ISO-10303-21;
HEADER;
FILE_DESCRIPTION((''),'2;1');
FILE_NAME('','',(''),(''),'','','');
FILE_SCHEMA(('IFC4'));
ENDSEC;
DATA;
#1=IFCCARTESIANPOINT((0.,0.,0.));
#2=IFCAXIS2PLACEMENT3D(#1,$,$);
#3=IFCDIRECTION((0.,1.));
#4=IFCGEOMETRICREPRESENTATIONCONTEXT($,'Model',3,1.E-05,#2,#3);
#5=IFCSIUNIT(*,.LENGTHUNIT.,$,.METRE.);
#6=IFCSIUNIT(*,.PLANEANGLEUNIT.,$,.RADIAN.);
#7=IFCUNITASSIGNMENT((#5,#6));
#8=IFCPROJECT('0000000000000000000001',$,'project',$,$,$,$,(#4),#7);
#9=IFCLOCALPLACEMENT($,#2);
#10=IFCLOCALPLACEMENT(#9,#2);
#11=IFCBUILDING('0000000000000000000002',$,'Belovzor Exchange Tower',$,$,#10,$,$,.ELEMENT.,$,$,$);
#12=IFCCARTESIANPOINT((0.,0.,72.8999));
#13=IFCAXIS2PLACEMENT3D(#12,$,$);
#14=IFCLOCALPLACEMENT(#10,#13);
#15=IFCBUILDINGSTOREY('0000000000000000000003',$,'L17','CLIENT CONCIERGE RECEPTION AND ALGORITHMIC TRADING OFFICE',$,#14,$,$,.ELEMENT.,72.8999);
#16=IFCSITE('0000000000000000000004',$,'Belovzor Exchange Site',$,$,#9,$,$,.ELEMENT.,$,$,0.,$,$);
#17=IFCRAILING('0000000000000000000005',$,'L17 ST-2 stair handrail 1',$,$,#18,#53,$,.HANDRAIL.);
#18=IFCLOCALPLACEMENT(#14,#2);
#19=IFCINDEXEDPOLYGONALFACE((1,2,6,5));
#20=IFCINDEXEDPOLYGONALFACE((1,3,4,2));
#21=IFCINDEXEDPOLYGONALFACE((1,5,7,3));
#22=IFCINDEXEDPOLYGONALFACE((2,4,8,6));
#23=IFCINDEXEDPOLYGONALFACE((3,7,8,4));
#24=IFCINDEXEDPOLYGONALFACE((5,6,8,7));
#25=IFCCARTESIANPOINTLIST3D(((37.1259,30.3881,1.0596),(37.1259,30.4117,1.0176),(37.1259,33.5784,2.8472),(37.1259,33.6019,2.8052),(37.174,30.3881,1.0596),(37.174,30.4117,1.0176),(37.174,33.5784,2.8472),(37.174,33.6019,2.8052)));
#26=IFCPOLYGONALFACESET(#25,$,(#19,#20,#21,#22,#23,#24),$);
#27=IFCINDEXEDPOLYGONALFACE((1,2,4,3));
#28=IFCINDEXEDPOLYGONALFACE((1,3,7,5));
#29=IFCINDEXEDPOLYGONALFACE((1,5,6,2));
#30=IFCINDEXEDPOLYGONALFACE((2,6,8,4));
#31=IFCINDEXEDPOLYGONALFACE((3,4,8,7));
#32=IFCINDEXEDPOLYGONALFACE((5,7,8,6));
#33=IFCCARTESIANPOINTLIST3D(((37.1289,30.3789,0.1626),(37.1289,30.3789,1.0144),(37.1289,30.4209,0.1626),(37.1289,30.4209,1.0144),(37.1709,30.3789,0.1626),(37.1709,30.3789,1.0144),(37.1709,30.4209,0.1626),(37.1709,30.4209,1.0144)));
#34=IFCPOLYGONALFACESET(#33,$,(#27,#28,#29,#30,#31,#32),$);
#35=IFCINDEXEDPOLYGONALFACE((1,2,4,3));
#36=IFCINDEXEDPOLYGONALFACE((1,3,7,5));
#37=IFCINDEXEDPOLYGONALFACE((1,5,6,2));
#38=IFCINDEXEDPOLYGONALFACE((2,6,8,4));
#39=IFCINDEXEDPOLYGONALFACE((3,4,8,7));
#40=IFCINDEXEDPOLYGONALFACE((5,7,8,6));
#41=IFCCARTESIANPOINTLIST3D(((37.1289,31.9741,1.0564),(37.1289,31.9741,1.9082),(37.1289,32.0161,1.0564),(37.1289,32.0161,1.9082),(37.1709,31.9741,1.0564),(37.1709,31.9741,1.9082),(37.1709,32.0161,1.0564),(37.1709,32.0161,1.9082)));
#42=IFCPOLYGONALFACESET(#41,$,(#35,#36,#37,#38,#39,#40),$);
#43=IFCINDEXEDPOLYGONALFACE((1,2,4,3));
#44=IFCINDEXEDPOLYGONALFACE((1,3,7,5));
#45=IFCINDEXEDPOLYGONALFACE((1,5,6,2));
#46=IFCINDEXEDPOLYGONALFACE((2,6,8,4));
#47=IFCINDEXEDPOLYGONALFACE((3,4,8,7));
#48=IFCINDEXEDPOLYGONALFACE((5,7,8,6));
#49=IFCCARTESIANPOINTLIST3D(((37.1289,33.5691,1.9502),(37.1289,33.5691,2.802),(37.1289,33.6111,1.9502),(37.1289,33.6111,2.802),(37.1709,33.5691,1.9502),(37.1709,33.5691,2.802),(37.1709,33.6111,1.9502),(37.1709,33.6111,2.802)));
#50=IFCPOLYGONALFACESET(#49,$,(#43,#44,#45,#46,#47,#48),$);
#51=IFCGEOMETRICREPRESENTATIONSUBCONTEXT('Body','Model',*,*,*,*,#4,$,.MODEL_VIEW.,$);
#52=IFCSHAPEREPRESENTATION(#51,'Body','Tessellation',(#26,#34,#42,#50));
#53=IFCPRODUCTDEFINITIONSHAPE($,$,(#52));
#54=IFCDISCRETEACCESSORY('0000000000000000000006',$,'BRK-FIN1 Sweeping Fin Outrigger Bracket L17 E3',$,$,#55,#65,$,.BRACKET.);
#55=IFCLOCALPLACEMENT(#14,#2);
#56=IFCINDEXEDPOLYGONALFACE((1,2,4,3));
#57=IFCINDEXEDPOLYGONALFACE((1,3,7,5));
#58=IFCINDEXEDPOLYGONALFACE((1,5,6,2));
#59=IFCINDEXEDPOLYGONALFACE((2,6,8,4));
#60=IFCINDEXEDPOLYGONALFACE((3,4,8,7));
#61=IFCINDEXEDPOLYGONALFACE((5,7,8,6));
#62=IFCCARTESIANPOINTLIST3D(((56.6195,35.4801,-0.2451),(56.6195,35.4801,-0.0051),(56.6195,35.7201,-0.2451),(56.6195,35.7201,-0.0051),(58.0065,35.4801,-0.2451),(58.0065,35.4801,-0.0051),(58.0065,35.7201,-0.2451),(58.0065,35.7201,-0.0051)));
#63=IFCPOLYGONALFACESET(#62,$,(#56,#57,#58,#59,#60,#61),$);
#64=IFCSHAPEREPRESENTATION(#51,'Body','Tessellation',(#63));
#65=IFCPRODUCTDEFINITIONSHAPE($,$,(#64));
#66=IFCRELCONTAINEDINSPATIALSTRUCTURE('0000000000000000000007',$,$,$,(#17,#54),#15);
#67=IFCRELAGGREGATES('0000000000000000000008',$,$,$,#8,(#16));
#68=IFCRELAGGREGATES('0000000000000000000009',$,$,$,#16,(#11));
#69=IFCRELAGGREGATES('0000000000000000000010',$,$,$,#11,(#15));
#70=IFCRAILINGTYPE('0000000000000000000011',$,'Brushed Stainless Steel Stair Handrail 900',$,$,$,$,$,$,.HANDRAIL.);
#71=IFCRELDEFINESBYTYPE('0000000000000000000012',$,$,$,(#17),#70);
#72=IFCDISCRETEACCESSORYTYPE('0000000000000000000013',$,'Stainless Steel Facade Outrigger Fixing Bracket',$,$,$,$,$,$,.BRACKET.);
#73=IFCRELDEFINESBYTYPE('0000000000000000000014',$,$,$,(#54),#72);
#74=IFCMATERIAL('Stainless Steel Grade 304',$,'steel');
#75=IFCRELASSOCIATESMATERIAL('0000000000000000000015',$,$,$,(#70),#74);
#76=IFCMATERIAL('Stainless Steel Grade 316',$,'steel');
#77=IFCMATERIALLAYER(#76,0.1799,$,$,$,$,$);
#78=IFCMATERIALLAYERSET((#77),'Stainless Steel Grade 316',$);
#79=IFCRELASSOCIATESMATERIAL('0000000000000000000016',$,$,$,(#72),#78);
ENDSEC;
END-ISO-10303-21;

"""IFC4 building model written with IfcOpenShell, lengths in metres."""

from ifc_helpers import new_model, si_unit, direction, frame, origin, origin_2d, place, context, subcontext, project, spatial, rectangle, extrude, material, layer, layer_set, type_object, element, save


model = new_model("IFC4")

# Units and contexts
model_context = context("Model", 3, precision=1e-05, world=origin(), true_north=direction((0.0, 1.0)))
body_context = subcontext(model_context, "Body", "Model", "MODEL_VIEW")
ifc_project = project(units=[si_unit("LENGTHUNIT", "METRE"), si_unit("PLANEANGLEUNIT", "RADIAN")], contexts=[model_context])

# Site, building, storey
site_placement = place(None, origin())
site = spatial("IfcSite", under=ifc_project, at=site_placement, Name="Belovzor Exchange Site", CompositionType="ELEMENT", RefElevation=0.0)
building_placement = place(site_placement, origin())
building = spatial("IfcBuilding", under=site, at=building_placement, Name="Belovzor Exchange Tower", CompositionType="ELEMENT")
storey_placement = place(building_placement, frame((0.0, 0.0, 72.8999)))
storey = spatial("IfcBuildingStorey", under=building, at=storey_placement, Name="L17", Description="CLIENT CONCIERGE RECEPTION AND ALGORITHMIC TRADING OFFICE", CompositionType="ELEMENT", Elevation=72.8999)

# Railing
ifc_material_1 = material(Name="Stainless Steel Grade 304", Category="steel")
railing_type = type_object("IfcRailingType", Name="Brushed Stainless Steel Stair Handrail 900", PredefinedType="HANDRAIL", material=ifc_material_1)
railing_placement = place(storey_placement, frame((37.1499, 30.3999, 0.1626)))
element("IfcRailing", 1, at=railing_placement, inside=storey, type_object=railing_type, Name="L17 ST-2 stair handrail 1", PredefinedType="HANDRAIL", context=body_context, shape_type="SweptSolid", body=[
    extrude(rectangle(XDim=0.0481, YDim=0.0481, at=origin_2d()), frame((0.0, 0.0, 0.876), z_axis=(0.0, 0.872378, 0.488831), x_axis=(-1.0, 0.0, 0.0)), (0.0, 0.0, 1.0), 3.657),
    extrude(rectangle(XDim=0.042, YDim=0.042, at=origin_2d()), origin(), (0.0, 0.0, 1.0), 0.8518),
    extrude(rectangle(XDim=0.042, YDim=0.042, at=origin_2d()), frame((0.0, 1.5952, 0.8938)), (0.0, 0.0, 1.0), 0.8518),
    extrude(rectangle(XDim=0.042, YDim=0.042, at=origin_2d()), frame((0.0, 3.1902, 1.7876)), (0.0, 0.0, 1.0), 0.8518),
])

# Discrete accessory
ifc_material_2 = material(Name="Stainless Steel Grade 316", Category="steel")
ifc_layer_1 = layer(ifc_material_2, 0.1799)
ifc_layer_set_1 = layer_set([ifc_layer_1], Name="Stainless Steel Grade 316")
discrete_accessory_type = type_object("IfcDiscreteAccessoryType", Name="Stainless Steel Facade Outrigger Fixing Bracket", PredefinedType="BRACKET", material=ifc_layer_set_1)
discrete_accessory_placement = place(storey_placement, frame((57.313, 35.6001, -0.2451), z_axis=(0.0, 0.0, 1.0), x_axis=(1.0, 0.0, 0.0)))
element("IfcDiscreteAccessory", 2, at=discrete_accessory_placement, inside=storey, type_object=discrete_accessory_type, Name="BRK-FIN1 Sweeping Fin Outrigger Bracket L17 E3", PredefinedType="BRACKET", context=body_context, shape_type="SweptSolid", body=[
    extrude(rectangle(XDim=1.387, YDim=0.24, at=origin_2d()), origin(), (0.0, 0.0, 1.0), 0.24),
])

save(model, "model.ifc")
